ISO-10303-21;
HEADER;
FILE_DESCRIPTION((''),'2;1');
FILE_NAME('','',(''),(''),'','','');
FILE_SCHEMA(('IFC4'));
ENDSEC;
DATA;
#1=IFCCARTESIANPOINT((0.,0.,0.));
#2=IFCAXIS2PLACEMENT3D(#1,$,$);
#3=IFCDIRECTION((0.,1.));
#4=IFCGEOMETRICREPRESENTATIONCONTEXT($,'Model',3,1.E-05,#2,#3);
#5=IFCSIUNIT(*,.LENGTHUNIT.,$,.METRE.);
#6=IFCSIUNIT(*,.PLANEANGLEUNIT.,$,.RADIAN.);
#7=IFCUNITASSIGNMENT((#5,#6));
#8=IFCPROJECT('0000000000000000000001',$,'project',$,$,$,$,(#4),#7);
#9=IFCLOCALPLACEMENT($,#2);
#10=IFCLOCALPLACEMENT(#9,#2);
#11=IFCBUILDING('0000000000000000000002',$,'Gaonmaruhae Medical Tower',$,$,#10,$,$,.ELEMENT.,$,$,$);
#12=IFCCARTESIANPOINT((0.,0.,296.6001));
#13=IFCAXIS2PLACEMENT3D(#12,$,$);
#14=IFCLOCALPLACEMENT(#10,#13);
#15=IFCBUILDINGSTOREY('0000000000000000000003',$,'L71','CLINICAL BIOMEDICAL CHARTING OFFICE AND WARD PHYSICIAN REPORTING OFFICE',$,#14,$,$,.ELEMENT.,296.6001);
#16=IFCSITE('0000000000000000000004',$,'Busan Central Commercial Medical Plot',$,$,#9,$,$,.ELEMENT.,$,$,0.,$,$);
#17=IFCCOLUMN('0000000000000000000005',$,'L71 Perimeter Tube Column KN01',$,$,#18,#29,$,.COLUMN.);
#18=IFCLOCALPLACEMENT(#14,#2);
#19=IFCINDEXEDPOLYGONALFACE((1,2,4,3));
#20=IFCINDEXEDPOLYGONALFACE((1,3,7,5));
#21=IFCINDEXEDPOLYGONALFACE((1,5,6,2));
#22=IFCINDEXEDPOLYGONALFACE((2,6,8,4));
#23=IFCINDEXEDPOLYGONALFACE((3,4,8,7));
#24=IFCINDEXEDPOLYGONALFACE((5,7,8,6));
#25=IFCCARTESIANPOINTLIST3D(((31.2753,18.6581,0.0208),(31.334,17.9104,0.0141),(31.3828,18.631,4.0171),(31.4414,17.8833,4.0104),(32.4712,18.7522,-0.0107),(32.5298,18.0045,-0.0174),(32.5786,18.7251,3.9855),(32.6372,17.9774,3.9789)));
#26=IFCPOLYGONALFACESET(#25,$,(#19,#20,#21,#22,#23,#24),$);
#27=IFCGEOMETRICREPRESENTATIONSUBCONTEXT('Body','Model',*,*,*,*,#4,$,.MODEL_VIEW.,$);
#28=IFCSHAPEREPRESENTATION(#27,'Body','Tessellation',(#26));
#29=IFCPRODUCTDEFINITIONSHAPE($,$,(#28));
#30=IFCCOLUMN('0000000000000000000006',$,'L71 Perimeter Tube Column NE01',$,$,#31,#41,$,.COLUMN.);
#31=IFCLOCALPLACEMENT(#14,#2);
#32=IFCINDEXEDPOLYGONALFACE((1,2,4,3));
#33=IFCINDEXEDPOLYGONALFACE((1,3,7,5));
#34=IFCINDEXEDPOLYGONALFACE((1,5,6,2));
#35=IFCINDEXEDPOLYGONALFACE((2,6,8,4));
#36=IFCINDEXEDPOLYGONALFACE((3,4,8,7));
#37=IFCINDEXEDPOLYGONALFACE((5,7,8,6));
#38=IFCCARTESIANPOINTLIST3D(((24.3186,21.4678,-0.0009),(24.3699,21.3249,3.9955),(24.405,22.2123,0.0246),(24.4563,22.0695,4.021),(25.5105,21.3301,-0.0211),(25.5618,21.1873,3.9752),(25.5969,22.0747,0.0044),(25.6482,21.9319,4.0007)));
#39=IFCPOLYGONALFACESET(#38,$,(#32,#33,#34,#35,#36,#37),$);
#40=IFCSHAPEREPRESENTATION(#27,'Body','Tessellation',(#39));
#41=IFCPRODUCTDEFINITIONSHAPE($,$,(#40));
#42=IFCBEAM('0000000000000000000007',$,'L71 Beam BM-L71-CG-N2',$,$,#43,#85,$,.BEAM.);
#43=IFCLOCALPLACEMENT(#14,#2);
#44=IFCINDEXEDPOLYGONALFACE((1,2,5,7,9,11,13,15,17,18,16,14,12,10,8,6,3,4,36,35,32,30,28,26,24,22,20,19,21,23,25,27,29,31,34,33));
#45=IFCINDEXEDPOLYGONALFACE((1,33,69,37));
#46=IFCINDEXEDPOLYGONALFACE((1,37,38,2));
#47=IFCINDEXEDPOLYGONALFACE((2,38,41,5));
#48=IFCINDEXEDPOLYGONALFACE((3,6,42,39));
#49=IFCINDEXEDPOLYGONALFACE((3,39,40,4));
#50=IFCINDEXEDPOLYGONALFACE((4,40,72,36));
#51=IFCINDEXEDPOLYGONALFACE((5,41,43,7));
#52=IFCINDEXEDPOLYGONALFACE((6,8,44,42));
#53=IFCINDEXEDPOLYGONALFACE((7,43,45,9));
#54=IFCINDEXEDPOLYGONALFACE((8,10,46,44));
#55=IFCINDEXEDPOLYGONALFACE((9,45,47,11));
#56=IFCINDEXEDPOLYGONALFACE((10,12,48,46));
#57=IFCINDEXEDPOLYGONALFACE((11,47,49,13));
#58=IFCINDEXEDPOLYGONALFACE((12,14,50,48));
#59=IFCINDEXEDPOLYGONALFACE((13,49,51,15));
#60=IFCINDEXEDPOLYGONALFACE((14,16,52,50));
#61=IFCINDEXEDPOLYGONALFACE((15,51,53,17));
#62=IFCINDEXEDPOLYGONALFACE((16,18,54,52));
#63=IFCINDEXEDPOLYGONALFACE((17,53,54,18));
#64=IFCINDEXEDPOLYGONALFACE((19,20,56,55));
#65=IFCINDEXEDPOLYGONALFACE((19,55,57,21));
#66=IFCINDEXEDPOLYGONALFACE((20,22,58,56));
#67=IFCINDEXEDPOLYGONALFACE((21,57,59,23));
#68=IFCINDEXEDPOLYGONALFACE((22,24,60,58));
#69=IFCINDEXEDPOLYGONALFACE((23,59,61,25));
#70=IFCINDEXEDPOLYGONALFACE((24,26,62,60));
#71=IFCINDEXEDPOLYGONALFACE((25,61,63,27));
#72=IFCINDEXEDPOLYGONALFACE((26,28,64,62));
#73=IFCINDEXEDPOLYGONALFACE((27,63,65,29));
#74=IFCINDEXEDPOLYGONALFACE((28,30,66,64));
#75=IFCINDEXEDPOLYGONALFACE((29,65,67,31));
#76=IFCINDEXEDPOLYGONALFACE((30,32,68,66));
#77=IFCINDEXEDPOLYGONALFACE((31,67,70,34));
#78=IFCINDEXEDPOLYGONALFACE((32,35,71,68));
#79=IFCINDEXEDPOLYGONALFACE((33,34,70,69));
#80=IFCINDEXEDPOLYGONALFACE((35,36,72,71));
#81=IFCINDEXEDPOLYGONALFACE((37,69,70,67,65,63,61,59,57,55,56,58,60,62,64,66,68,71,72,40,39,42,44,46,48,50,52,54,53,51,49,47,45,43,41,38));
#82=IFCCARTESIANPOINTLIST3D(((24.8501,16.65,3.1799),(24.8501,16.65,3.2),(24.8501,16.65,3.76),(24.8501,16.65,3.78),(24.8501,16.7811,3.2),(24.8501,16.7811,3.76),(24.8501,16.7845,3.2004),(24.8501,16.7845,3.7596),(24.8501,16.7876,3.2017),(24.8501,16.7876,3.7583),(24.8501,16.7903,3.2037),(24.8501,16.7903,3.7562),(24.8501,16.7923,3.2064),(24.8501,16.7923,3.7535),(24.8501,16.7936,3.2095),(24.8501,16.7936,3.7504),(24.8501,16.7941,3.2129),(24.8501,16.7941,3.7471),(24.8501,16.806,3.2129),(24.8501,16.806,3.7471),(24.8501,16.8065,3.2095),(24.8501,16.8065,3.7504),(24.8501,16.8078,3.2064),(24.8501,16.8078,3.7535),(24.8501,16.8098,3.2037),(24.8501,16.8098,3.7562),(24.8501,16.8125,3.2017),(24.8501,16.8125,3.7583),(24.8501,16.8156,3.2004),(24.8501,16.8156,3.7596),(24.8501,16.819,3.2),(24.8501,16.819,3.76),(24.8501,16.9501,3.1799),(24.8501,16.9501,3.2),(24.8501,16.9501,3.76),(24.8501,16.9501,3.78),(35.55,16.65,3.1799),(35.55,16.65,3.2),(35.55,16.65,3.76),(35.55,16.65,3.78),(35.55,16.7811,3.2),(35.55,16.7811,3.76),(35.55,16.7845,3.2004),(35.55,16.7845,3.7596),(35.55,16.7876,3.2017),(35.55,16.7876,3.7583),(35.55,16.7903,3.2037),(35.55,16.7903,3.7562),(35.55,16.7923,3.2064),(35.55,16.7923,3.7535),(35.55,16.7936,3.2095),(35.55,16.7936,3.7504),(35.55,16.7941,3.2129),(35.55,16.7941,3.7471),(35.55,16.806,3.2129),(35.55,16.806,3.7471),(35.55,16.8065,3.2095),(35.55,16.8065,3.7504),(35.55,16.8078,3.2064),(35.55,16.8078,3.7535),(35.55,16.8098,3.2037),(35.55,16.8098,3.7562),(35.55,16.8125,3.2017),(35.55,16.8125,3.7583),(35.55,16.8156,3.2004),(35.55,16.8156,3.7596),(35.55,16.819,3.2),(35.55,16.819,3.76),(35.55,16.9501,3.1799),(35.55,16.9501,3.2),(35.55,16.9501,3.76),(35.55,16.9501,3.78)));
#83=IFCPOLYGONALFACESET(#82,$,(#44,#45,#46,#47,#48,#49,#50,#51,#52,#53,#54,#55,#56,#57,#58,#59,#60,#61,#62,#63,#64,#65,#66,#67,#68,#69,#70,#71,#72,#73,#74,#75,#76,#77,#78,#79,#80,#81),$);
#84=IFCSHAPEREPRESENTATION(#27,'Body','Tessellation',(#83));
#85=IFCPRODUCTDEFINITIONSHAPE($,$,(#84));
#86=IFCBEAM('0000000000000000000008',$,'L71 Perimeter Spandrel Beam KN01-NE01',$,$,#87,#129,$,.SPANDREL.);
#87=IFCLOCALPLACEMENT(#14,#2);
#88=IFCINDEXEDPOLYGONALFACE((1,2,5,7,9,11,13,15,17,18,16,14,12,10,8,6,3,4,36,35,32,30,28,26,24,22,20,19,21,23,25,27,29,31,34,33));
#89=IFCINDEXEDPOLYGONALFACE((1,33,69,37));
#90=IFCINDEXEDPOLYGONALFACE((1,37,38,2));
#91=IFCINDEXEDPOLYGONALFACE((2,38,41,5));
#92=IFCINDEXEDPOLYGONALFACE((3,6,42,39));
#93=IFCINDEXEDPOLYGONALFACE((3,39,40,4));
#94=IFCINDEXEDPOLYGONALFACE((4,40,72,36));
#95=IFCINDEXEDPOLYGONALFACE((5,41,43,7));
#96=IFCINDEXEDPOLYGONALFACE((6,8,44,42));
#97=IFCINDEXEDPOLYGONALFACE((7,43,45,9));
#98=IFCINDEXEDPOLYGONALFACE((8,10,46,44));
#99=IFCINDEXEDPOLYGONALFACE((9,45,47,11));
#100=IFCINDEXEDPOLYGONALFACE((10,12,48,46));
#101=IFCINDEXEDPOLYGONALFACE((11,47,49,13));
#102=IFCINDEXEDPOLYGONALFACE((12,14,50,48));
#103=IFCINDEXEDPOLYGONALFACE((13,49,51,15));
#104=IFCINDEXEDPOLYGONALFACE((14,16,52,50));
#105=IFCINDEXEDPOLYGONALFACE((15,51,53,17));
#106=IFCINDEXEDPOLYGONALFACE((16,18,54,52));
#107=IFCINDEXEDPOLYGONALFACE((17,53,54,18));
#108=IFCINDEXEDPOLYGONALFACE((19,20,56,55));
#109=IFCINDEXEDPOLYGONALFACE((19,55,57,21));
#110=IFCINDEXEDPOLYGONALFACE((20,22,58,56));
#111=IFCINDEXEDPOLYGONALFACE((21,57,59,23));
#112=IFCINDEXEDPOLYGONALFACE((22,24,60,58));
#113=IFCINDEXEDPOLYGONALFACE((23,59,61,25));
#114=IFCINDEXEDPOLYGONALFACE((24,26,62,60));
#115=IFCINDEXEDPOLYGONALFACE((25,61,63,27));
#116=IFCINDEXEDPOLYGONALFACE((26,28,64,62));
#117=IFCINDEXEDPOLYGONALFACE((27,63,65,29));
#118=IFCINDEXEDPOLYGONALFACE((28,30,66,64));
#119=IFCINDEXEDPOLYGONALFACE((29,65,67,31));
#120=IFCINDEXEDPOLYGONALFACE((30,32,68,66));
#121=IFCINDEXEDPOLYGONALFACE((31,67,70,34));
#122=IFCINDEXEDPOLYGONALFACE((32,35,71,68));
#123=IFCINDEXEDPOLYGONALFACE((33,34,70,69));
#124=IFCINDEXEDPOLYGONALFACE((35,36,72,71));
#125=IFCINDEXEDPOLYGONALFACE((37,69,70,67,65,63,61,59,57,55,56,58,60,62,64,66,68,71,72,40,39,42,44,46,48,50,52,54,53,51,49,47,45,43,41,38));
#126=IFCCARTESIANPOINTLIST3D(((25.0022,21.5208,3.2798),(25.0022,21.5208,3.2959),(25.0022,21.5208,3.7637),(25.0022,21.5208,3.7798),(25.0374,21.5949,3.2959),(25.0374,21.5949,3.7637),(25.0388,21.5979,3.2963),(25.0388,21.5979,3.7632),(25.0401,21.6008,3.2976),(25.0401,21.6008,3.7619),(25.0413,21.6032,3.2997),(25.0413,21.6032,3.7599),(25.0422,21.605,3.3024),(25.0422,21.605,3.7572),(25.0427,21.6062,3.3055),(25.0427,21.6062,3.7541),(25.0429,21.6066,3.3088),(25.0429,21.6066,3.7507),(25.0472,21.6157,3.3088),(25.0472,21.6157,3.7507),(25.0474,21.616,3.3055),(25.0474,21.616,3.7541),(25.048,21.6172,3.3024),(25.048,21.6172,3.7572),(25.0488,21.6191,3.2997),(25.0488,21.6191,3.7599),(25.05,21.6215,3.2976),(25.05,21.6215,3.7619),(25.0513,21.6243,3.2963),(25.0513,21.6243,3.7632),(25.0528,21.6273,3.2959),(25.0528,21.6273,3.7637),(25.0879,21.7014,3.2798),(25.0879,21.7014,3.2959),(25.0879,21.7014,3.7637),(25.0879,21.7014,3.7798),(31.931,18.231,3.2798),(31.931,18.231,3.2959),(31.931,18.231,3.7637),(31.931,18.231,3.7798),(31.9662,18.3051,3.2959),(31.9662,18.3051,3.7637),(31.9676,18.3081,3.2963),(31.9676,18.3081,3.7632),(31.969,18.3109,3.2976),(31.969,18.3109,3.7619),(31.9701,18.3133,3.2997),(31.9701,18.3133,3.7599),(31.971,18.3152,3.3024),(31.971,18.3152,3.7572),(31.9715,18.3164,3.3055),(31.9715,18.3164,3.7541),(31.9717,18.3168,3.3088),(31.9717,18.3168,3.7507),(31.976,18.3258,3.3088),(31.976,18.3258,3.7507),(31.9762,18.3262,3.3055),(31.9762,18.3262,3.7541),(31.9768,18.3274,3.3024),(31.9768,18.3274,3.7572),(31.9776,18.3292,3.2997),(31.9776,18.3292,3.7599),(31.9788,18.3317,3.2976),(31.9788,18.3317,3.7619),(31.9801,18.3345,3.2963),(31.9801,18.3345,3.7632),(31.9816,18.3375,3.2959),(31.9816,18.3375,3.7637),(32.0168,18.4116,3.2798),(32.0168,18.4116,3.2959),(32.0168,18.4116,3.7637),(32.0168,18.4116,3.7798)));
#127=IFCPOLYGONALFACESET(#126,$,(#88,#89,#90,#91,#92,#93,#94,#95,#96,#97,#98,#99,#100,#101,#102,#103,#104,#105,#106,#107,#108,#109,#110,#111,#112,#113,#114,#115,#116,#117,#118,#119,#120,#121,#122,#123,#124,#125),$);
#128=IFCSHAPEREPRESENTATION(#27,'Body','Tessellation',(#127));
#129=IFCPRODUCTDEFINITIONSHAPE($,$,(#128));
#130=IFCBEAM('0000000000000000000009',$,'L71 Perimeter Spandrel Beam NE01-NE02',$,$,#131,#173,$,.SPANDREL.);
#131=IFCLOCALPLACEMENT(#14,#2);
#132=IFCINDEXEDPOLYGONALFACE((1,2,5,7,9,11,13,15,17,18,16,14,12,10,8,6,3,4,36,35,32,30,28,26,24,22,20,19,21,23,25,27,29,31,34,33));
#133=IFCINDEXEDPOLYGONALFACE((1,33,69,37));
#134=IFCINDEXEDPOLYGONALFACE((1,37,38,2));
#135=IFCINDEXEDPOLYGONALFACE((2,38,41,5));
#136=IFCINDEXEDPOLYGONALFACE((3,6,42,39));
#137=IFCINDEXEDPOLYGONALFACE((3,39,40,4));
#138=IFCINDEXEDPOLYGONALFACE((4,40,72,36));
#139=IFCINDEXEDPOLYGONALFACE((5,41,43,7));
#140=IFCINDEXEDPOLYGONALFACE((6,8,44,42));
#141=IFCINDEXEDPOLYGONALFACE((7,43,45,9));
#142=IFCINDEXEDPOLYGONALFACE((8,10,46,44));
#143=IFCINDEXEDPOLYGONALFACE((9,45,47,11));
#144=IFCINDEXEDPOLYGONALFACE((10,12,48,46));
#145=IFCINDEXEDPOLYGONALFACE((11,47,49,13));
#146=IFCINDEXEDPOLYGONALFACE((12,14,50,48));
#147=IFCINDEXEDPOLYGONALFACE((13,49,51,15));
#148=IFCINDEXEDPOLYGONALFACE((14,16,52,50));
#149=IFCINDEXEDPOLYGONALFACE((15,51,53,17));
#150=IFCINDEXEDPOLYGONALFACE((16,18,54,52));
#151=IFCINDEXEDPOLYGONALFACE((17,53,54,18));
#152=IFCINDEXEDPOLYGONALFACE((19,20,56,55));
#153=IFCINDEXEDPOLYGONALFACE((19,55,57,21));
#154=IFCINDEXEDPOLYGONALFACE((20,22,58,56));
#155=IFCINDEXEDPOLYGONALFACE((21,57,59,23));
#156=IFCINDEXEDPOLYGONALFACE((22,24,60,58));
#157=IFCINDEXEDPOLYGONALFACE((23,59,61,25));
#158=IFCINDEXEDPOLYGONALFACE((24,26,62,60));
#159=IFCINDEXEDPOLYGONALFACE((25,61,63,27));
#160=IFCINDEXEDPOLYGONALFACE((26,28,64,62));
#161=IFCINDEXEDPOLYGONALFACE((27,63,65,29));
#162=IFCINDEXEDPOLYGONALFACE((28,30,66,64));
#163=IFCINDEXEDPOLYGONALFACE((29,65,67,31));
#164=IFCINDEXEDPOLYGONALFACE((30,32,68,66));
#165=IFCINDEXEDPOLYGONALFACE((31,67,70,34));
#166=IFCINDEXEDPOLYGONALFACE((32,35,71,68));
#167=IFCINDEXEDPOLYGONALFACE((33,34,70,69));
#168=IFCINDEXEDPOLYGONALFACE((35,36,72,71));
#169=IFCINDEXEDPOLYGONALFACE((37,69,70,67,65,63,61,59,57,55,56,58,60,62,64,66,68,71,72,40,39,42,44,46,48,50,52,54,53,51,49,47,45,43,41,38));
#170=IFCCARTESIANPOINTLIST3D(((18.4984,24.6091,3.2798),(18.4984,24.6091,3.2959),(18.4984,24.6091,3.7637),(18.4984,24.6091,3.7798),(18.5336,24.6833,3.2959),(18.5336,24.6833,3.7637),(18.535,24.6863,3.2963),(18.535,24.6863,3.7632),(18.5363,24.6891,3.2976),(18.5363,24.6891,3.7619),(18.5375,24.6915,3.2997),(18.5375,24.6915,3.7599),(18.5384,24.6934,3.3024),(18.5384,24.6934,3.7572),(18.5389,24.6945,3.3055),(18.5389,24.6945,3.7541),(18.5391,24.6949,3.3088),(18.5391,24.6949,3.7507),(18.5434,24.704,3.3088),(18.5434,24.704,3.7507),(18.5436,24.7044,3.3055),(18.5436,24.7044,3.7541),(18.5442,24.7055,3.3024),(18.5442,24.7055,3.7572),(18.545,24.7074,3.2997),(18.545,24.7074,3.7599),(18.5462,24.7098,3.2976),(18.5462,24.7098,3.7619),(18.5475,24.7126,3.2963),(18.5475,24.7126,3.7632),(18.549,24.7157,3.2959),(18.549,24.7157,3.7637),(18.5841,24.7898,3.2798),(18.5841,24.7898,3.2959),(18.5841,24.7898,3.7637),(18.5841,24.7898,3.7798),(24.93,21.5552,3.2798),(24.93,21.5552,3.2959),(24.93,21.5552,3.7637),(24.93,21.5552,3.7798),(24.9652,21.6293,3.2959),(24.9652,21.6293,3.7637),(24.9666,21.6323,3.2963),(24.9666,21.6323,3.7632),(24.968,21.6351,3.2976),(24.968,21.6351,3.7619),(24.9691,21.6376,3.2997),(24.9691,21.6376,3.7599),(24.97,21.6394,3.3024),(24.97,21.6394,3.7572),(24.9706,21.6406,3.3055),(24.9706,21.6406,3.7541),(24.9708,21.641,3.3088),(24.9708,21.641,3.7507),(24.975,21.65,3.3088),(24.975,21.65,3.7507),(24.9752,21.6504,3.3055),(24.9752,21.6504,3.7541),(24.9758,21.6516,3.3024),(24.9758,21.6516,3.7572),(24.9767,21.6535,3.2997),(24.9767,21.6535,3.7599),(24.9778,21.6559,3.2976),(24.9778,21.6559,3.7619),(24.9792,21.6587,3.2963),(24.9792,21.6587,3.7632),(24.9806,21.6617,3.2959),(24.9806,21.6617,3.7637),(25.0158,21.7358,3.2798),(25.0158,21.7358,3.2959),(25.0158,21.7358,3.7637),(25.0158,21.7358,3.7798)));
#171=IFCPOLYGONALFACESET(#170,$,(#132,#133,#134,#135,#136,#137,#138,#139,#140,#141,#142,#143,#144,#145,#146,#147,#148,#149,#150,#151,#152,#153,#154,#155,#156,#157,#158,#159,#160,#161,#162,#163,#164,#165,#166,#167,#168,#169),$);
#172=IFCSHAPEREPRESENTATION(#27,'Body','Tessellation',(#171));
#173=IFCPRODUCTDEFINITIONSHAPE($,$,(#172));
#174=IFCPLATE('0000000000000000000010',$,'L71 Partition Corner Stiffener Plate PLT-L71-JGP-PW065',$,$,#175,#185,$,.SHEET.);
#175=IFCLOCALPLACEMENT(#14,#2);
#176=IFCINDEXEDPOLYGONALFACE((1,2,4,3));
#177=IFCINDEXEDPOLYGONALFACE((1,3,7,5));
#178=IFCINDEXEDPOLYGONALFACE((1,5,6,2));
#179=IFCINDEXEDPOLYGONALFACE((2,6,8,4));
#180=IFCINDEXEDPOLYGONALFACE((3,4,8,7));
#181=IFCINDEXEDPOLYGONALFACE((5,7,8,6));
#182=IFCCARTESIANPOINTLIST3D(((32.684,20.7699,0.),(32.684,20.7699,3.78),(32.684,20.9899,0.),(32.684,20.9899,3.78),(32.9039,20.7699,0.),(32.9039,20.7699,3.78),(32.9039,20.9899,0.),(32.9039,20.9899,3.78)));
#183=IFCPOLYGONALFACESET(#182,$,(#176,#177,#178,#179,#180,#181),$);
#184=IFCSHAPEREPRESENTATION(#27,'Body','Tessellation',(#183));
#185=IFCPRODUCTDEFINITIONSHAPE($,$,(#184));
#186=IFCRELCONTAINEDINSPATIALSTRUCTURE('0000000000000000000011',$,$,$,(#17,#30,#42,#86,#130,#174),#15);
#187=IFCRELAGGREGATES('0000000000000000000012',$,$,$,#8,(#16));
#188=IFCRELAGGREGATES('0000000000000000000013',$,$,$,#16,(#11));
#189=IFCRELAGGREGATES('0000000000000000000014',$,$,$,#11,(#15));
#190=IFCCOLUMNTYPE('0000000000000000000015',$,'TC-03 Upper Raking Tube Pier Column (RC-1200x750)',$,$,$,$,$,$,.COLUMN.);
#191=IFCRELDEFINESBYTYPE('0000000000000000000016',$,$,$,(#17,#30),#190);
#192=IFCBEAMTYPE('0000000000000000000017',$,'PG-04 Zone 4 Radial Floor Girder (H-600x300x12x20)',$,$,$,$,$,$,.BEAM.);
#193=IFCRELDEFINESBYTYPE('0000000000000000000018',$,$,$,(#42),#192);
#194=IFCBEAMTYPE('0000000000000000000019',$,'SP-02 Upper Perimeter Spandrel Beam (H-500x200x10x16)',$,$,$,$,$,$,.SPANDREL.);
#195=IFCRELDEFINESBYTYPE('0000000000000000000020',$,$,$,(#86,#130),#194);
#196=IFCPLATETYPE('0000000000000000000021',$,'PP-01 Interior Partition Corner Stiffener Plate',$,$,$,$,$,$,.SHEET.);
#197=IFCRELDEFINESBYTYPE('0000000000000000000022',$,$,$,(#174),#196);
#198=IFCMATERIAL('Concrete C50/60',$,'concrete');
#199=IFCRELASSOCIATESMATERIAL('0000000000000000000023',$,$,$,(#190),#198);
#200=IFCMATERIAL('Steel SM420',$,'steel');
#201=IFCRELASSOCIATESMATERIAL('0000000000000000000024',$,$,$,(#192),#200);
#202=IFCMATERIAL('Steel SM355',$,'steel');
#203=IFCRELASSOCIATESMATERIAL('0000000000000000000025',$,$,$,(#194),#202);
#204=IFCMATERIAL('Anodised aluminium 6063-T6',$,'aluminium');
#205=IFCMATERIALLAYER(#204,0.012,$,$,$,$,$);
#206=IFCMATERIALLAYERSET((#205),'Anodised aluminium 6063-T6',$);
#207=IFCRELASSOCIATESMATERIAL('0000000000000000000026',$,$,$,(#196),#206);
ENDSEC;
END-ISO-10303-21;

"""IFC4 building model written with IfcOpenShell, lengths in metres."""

from ifc_helpers import new_model, si_unit, direction, frame, origin, origin_2d, place, context, subcontext, project, spatial, rectangle, i_section, extrude, material, layer, layer_set, material_profile, profile_set, type_object, element, save


model = new_model("IFC4")

# Units and contexts
model_context = context("Model", 3, precision=1e-05, world=origin(), true_north=direction((0.0, 1.0)))
body_context = subcontext(model_context, "Body", "Model", "MODEL_VIEW")
ifc_project = project(units=[si_unit("LENGTHUNIT", "METRE"), si_unit("PLANEANGLEUNIT", "RADIAN")], contexts=[model_context])

# Site, building, storey
site_placement = place(None, origin())
site = spatial("IfcSite", under=ifc_project, at=site_placement, Name="Busan Central Commercial Medical Plot", CompositionType="ELEMENT", RefElevation=0.0)
building_placement = place(site_placement, origin())
building = spatial("IfcBuilding", under=site, at=building_placement, Name="Gaonmaruhae Medical Tower", CompositionType="ELEMENT")
storey_placement = place(building_placement, frame((0.0, 0.0, 296.6001)))
storey = spatial("IfcBuildingStorey", under=building, at=storey_placement, Name="L71", Description="CLINICAL BIOMEDICAL CHARTING OFFICE AND WARD PHYSICIAN REPORTING OFFICE", CompositionType="ELEMENT", Elevation=296.6001)

# Columns
ifc_material_1 = material(Name="Concrete C50/60", Category="concrete")
ifc_material_profile_1 = material_profile(ifc_material_1, rectangle(XDim=1.2, YDim=0.75, at=origin_2d()), Name="RC-1200x750")
ifc_profile_set_1 = profile_set([ifc_material_profile_1], Name="Concrete C50/60")
column_type = type_object("IfcColumnType", Name="TC-03 Upper Raking Tube Pier Column (RC-1200x750)", PredefinedType="COLUMN", material=ifc_profile_set_1)
column_1_placement = place(storey_placement, frame((31.9026, 18.3313, 0.0017), z_axis=(0.02687, -0.006779, 0.999616), x_axis=(-0.996576, -0.078396, 0.026256)))
element("IfcColumn", 1, at=column_1_placement, inside=storey, type_object=column_type, Name="L71 Perimeter Tube Column KN01", PredefinedType="COLUMN", context=body_context, shape_type="SweptSolid", body=[
    extrude(rectangle(XDim=1.2, YDim=0.75, at=origin_2d()), origin(), (0.0, 0.0, 1.0), 3.9978),
])
column_2_placement = place(storey_placement, frame((24.9578, 21.7712, 0.0017), z_axis=(0.01282, -0.035713, 0.99928), x_axis=(-0.993258, 0.114691, 0.016842)))
element("IfcColumn", 2, at=column_2_placement, inside=storey, type_object=column_type, Name="L71 Perimeter Tube Column NE01", PredefinedType="COLUMN", context=body_context, shape_type="SweptSolid", body=[
    extrude(rectangle(XDim=1.2, YDim=0.75, at=origin_2d()), origin(), (0.0, 0.0, 1.0), 3.9993),
])

# Beams
ifc_material_2 = material(Name="Steel SM420", Category="steel")
ifc_material_profile_2 = material_profile(ifc_material_2, i_section(OverallWidth=0.3, OverallDepth=0.6001, WebThickness=0.012, FlangeThickness=0.02, FilletRadius=0.0129, at=origin_2d()), Name="H-600x300x12x20")
ifc_profile_set_2 = profile_set([ifc_material_profile_2], Name="Steel SM420")
beam_type_1 = type_object("IfcBeamType", Name="PG-04 Zone 4 Radial Floor Girder (H-600x300x12x20)", PredefinedType="BEAM", material=ifc_profile_set_2)
beam_1_placement = place(storey_placement, frame((24.8501, 16.8, 3.48), z_axis=(1.0, 0.0, 0.0), x_axis=(0.0, 1.0, 0.0)))
element("IfcBeam", 3, at=beam_1_placement, inside=storey, type_object=beam_type_1, Name="L71 Beam BM-L71-CG-N2", PredefinedType="BEAM", context=body_context, shape_type="SweptSolid", body=[
    extrude(i_section(OverallWidth=0.3, OverallDepth=0.6001, WebThickness=0.012, FlangeThickness=0.02, FilletRadius=0.0129, at=origin_2d()), origin(), (0.0, 0.0, 1.0), 10.7),
])
ifc_material_3 = material(Name="Steel SM355", Category="steel")
ifc_material_profile_3 = material_profile(ifc_material_3, i_section(OverallWidth=0.2, OverallDepth=0.5, WebThickness=0.01, FlangeThickness=0.0161, FilletRadius=0.0129, at=origin_2d()), Name="H-500x200x10x16")
ifc_profile_set_3 = profile_set([ifc_material_profile_3], Name="Steel SM355")
beam_type_2 = type_object("IfcBeamType", Name="SP-02 Upper Perimeter Spandrel Beam (H-500x200x10x16)", PredefinedType="SPANDREL", material=ifc_profile_set_3)
beam_2_placement = place(storey_placement, frame((31.9739, 18.3213, 3.5298), z_axis=(-0.903345, 0.428914, 0.0), x_axis=(-0.428914, -0.903345, 0.0)))
element("IfcBeam", 4, at=beam_2_placement, inside=storey, type_object=beam_type_2, Name="L71 Perimeter Spandrel Beam KN01-NE01", PredefinedType="SPANDREL", context=body_context, shape_type="SweptSolid", body=[
    extrude(i_section(OverallWidth=0.2, OverallDepth=0.5, WebThickness=0.01, FlangeThickness=0.0161, FilletRadius=0.0129, at=origin_2d()), origin(), (0.0, 0.0, 1.0), 7.6702),
])
beam_3_placement = place(storey_placement, frame((24.9729, 21.6455, 3.5298), z_axis=(-0.903336, 0.428934, 0.0), x_axis=(-0.428934, -0.903336, 0.0)))
element("IfcBeam", 5, at=beam_3_placement, inside=storey, type_object=beam_type_2, Name="L71 Perimeter Spandrel Beam NE01-NE02", PredefinedType="SPANDREL", context=body_context, shape_type="SweptSolid", body=[
    extrude(i_section(OverallWidth=0.2, OverallDepth=0.5, WebThickness=0.01, FlangeThickness=0.0161, FilletRadius=0.0129, at=origin_2d()), origin(), (0.0, 0.0, 1.0), 7.1199),
])

# Plate
ifc_material_4 = material(Name="Anodised aluminium 6063-T6", Category="aluminium")
ifc_layer_1 = layer(ifc_material_4, 0.012)
ifc_layer_set_1 = layer_set([ifc_layer_1], Name="Anodised aluminium 6063-T6")
plate_type = type_object("IfcPlateType", Name="PP-01 Interior Partition Corner Stiffener Plate", PredefinedType="SHEET", material=ifc_layer_set_1)
plate_placement = place(storey_placement, frame((32.7939, 20.8799, 0.0), z_axis=(0.0, 0.0, 1.0), x_axis=(-1.0, 0.0, 0.0)))
element("IfcPlate", 6, at=plate_placement, inside=storey, type_object=plate_type, Name="L71 Partition Corner Stiffener Plate PLT-L71-JGP-PW065", PredefinedType="SHEET", context=body_context, shape_type="SweptSolid", body=[
    extrude(rectangle(XDim=0.22, YDim=0.22, at=origin_2d()), origin(), (0.0, 0.0, 1.0), 3.78),
])

save(model, "model.ifc")
